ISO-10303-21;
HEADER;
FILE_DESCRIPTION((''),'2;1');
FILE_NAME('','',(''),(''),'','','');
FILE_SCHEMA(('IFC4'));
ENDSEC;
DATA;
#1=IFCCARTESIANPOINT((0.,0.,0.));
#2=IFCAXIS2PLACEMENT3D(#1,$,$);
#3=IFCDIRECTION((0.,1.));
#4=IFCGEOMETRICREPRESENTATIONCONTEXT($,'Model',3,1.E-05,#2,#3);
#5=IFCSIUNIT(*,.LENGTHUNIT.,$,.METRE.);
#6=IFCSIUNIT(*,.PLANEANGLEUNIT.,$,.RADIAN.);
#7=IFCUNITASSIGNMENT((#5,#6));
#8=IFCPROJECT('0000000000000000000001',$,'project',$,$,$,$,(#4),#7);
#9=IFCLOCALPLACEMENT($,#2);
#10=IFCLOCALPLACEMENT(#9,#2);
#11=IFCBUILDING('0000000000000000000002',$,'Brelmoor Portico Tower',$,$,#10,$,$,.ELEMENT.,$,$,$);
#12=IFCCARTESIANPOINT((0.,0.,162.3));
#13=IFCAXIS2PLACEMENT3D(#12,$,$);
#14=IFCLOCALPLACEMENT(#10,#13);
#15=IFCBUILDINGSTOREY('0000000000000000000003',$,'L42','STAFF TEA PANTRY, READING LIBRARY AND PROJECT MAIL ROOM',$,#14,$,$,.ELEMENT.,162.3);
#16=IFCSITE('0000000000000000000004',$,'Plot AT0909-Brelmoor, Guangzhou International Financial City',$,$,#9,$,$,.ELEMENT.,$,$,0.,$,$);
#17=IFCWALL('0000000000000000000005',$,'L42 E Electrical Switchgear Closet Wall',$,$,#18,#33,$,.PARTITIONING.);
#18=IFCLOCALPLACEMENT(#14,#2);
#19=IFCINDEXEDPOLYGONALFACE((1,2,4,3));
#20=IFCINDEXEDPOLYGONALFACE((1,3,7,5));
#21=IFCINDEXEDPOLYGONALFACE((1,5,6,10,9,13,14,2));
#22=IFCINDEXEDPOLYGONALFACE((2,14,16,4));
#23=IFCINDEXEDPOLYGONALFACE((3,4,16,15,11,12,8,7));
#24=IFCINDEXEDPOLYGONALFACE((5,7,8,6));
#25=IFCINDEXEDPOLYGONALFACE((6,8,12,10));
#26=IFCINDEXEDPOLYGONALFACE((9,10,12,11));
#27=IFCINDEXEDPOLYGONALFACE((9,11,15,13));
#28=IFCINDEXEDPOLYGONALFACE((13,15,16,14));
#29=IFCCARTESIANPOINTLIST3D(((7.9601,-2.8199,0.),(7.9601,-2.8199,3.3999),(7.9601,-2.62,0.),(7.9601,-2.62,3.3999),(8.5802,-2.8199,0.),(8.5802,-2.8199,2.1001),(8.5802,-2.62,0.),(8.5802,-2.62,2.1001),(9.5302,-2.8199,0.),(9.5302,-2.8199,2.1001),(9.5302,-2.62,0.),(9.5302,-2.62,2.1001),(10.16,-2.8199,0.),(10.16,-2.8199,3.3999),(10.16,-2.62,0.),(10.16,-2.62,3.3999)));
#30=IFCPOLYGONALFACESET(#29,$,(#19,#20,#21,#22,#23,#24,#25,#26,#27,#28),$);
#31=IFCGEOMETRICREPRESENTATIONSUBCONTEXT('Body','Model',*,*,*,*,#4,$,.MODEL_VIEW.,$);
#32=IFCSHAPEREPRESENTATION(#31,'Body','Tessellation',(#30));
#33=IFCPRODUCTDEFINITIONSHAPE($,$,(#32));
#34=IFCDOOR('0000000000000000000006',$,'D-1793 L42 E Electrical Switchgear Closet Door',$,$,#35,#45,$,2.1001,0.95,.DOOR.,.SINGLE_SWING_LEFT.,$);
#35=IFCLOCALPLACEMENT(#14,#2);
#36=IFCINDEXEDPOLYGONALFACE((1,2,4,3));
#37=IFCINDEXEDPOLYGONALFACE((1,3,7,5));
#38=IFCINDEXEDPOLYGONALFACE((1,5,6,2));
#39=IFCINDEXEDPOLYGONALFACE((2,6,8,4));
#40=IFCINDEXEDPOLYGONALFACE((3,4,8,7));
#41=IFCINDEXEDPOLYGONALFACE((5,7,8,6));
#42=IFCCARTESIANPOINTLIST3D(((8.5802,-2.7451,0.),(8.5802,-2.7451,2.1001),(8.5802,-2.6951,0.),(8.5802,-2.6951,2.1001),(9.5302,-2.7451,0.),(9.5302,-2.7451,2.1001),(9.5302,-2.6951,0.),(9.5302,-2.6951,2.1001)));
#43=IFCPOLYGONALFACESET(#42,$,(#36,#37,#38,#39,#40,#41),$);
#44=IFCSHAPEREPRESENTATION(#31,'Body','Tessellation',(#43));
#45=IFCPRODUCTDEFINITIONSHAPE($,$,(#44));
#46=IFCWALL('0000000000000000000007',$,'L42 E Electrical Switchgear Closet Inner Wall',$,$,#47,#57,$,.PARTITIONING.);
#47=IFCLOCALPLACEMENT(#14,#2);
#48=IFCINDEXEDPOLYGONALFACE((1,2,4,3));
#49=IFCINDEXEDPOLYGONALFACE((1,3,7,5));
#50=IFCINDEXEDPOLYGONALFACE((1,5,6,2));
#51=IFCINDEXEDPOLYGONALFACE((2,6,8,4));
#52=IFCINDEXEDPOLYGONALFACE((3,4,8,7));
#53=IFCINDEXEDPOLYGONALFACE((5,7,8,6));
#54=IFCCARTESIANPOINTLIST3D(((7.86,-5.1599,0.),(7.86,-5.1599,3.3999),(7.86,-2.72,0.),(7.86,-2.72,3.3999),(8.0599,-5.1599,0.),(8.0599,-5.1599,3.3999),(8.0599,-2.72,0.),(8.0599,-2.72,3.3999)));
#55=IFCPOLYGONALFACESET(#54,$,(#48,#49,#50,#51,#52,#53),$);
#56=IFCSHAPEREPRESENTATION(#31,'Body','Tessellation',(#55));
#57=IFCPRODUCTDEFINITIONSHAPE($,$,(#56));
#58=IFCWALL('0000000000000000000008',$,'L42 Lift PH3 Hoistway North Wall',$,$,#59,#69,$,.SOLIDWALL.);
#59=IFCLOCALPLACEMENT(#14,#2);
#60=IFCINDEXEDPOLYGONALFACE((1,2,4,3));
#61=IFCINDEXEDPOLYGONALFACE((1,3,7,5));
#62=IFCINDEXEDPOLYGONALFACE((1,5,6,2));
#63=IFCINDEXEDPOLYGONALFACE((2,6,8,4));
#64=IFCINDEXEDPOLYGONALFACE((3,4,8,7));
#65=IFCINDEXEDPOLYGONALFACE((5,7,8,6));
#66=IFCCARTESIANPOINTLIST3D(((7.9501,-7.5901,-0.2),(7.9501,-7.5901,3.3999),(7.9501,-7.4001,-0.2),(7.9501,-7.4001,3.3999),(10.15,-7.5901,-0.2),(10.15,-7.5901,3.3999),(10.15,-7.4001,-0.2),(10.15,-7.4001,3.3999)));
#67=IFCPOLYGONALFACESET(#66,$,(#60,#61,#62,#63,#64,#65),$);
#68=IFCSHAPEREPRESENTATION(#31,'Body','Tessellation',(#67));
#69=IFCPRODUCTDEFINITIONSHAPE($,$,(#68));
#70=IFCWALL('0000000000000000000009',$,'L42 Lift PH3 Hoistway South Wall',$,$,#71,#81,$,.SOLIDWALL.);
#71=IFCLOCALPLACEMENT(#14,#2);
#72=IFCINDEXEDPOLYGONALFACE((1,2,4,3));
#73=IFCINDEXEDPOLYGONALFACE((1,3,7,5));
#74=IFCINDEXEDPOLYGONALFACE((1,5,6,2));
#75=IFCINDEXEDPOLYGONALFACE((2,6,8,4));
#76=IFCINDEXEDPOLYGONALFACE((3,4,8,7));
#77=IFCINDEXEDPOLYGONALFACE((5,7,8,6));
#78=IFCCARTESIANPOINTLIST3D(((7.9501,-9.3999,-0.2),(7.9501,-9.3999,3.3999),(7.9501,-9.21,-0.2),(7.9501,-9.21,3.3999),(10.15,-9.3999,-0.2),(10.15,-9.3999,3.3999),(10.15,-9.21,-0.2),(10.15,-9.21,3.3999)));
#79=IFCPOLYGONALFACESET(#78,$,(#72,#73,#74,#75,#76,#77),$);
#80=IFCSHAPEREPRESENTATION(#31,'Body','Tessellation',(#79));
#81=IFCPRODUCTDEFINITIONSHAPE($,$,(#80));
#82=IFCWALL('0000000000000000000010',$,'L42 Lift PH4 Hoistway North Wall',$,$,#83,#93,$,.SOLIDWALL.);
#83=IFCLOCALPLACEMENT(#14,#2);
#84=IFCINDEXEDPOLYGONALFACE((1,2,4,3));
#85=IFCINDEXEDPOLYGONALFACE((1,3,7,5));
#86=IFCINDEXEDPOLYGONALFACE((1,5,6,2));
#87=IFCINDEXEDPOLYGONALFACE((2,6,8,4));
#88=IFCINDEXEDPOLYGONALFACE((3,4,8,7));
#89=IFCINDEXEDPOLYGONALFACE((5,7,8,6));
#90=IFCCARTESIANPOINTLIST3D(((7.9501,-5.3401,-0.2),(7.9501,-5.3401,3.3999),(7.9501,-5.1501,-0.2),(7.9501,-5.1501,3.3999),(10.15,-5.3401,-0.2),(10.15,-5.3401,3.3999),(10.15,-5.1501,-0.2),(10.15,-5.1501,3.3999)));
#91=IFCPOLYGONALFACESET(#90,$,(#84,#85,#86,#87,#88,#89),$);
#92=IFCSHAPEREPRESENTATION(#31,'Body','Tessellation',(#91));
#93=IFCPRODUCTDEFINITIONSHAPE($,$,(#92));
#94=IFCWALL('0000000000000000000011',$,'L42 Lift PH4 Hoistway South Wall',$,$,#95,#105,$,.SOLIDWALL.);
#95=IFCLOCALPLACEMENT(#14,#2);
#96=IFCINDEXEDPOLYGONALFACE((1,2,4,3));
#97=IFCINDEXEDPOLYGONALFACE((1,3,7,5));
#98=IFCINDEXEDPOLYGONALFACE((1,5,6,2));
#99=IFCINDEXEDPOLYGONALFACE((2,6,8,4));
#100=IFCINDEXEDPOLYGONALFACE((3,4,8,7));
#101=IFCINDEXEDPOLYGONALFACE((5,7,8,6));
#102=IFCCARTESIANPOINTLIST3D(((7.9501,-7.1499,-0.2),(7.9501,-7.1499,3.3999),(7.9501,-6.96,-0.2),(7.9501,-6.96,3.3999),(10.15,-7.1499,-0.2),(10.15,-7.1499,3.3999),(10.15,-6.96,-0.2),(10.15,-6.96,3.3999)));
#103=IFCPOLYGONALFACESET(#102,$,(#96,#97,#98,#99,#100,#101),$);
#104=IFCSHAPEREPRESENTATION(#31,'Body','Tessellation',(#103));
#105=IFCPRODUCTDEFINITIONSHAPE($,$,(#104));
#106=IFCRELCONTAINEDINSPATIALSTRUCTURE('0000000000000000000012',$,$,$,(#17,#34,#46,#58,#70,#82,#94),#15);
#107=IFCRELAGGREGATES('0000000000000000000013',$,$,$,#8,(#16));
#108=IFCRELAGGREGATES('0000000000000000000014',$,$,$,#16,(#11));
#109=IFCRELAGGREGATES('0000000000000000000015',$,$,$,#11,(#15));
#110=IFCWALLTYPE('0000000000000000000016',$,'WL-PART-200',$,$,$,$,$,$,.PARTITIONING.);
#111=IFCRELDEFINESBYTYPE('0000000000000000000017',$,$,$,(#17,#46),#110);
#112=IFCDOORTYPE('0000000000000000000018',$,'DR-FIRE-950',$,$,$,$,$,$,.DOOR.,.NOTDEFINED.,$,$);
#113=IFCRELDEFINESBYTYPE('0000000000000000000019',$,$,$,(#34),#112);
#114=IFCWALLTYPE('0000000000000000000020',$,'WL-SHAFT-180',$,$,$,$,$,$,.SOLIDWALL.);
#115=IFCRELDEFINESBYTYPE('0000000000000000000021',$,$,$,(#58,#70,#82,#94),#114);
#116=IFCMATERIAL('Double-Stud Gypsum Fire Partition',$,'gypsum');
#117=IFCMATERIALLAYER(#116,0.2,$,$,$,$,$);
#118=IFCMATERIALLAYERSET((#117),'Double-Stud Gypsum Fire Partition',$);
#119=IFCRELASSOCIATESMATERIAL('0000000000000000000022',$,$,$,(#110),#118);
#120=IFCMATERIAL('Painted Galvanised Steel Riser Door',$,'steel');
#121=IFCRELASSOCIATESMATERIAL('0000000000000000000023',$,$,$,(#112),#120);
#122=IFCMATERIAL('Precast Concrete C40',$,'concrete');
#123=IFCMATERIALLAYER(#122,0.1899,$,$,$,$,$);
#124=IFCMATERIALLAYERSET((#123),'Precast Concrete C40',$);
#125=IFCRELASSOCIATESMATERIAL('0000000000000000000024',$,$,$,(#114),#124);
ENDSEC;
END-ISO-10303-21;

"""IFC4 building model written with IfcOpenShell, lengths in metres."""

from ifc_helpers import new_model, si_unit, direction, frame, frame_2d, origin, place, context, subcontext, project, spatial, rectangle, extrude, material, layer, layer_set, type_object, element, fill, save


model = new_model("IFC4")

# Units and contexts
model_context = context("Model", 3, precision=1e-05, world=origin(), true_north=direction((0.0, 1.0)))
body_context = subcontext(model_context, "Body", "Model", "MODEL_VIEW")
ifc_project = project(units=[si_unit("LENGTHUNIT", "METRE"), si_unit("PLANEANGLEUNIT", "RADIAN")], contexts=[model_context])

# Site, building, storey
site_placement = place(None, origin())
site = spatial("IfcSite", under=ifc_project, at=site_placement, Name="Plot AT0909-Brelmoor, Guangzhou International Financial City", CompositionType="ELEMENT", RefElevation=0.0)
building_placement = place(site_placement, origin())
building = spatial("IfcBuilding", under=site, at=building_placement, Name="Brelmoor Portico Tower", CompositionType="ELEMENT")
storey_placement = place(building_placement, frame((0.0, 0.0, 162.3)))
storey = spatial("IfcBuildingStorey", under=building, at=storey_placement, Name="L42", Description="STAFF TEA PANTRY, READING LIBRARY AND PROJECT MAIL ROOM", CompositionType="ELEMENT", Elevation=162.3)

# Shared definitions
ifc_material_1 = material(Name="Double-Stud Gypsum Fire Partition", Category="gypsum")
ifc_layer_1 = layer(ifc_material_1, 0.2)
ifc_layer_set_1 = layer_set([ifc_layer_1], Name="Double-Stud Gypsum Fire Partition")
wall_type_1 = type_object("IfcWallType", Name="WL-PART-200", PredefinedType="PARTITIONING", material=ifc_layer_set_1)

# Wall, opening, door
wall_1_placement = place(storey_placement, frame((7.96, -2.72, 0.0), z_axis=(0.0, 0.0, 1.0), x_axis=(1.0, 0.0, 0.0)))
wall_1 = element("IfcWall", 1, at=wall_1_placement, inside=storey, type_object=wall_type_1, Name="L42 E Electrical Switchgear Closet Wall", PredefinedType="PARTITIONING", context=body_context, shape_type="SweptSolid", body=[
    extrude(rectangle(XDim=2.2, YDim=0.2, at=frame_2d((1.1001, 0.0))), origin(), (0.0, 0.0, 1.0), 3.3999),
])
opening_1_placement = place(wall_1_placement, frame((0.6201, 0.0, 0.0)))
opening_1 = element("IfcOpeningElement", 2, at=opening_1_placement, cuts=wall_1, PredefinedType="OPENING", context=body_context, shape_type="SweptSolid", body=[
    extrude(rectangle(XDim=0.95, YDim=2.1001, at=frame_2d((0.4751, 1.05))), frame((0.0, 0.1099, 0.0), z_axis=(0.0, -1.0, 0.0), x_axis=(1.0, 0.0, 0.0)), (0.0, 0.0, 1.0), 0.22),
])
ifc_material_2 = material(Name="Painted Galvanised Steel Riser Door", Category="steel")
door_type_1 = type_object("IfcDoorType", Name="DR-FIRE-950", OperationType="NOTDEFINED", PredefinedType="DOOR", material=ifc_material_2)
door_1_placement = place(opening_1_placement, origin())
door_1 = element("IfcDoor", 3, at=door_1_placement, inside=storey, type_object=door_type_1, Name="D-1793 L42 E Electrical Switchgear Closet Door", OperationType="SINGLE_SWING_LEFT", OverallHeight=2.1001, OverallWidth=0.95, PredefinedType="DOOR", context=body_context, shape_type="SweptSolid", body=[
    extrude(rectangle(XDim=0.95, YDim=2.1001, at=frame_2d((0.4751, 1.05))), frame((0.0, 0.0249, 0.0), z_axis=(0.0, -1.0, 0.0), x_axis=(1.0, 0.0, 0.0)), (0.0, 0.0, 1.0), 0.05),
])
fill(opening_1, door_1)

# Walls
wall_2_placement = place(storey_placement, frame((7.96, -5.1599, 0.0), z_axis=(0.0, 0.0, 1.0), x_axis=(0.0, 1.0, 0.0)))
element("IfcWall", 4, at=wall_2_placement, inside=storey, type_object=wall_type_1, Name="L42 E Electrical Switchgear Closet Inner Wall", PredefinedType="PARTITIONING", context=body_context, shape_type="SweptSolid", body=[
    extrude(rectangle(XDim=2.4399, YDim=0.2, at=frame_2d((1.22, 0.0))), origin(), (0.0, 0.0, 1.0), 3.3999),
])
ifc_material_3 = material(Name="Precast Concrete C40", Category="concrete")
ifc_layer_2 = layer(ifc_material_3, 0.1899)
ifc_layer_set_2 = layer_set([ifc_layer_2], Name="Precast Concrete C40")
wall_type_2 = type_object("IfcWallType", Name="WL-SHAFT-180", PredefinedType="SOLIDWALL", material=ifc_layer_set_2)
for number, where, z_axis, x_axis, name in (
    (5, (7.95, -7.4951, -0.2), (0.0, 0.0, 1.0), (1.0, 0.0, 0.0), "L42 Lift PH3 Hoistway North Wall"),
    (6, (7.95, -9.3049, -0.2), (0.0, 0.0, 1.0), (1.0, 0.0, 0.0), "L42 Lift PH3 Hoistway South Wall"),
    (7, (7.95, -5.2451, -0.2), (0.0, 0.0, 1.0), (1.0, 0.0, 0.0), "L42 Lift PH4 Hoistway North Wall"),
    (8, (7.95, -7.0549, -0.2), (0.0, 0.0, 1.0), (1.0, 0.0, 0.0), "L42 Lift PH4 Hoistway South Wall"),
):
    element("IfcWall", number, at=place(storey_placement, frame(where, z_axis=z_axis, x_axis=x_axis)), inside=storey, type_object=wall_type_2, Name=name, PredefinedType="SOLIDWALL", context=body_context, shape_type="SweptSolid", body=[
        extrude(rectangle(XDim=2.2, YDim=0.1899, at=frame_2d((1.1001, 0.0))), origin(), (0.0, 0.0, 1.0), 3.5999),
    ])

save(model, "model.ifc")
